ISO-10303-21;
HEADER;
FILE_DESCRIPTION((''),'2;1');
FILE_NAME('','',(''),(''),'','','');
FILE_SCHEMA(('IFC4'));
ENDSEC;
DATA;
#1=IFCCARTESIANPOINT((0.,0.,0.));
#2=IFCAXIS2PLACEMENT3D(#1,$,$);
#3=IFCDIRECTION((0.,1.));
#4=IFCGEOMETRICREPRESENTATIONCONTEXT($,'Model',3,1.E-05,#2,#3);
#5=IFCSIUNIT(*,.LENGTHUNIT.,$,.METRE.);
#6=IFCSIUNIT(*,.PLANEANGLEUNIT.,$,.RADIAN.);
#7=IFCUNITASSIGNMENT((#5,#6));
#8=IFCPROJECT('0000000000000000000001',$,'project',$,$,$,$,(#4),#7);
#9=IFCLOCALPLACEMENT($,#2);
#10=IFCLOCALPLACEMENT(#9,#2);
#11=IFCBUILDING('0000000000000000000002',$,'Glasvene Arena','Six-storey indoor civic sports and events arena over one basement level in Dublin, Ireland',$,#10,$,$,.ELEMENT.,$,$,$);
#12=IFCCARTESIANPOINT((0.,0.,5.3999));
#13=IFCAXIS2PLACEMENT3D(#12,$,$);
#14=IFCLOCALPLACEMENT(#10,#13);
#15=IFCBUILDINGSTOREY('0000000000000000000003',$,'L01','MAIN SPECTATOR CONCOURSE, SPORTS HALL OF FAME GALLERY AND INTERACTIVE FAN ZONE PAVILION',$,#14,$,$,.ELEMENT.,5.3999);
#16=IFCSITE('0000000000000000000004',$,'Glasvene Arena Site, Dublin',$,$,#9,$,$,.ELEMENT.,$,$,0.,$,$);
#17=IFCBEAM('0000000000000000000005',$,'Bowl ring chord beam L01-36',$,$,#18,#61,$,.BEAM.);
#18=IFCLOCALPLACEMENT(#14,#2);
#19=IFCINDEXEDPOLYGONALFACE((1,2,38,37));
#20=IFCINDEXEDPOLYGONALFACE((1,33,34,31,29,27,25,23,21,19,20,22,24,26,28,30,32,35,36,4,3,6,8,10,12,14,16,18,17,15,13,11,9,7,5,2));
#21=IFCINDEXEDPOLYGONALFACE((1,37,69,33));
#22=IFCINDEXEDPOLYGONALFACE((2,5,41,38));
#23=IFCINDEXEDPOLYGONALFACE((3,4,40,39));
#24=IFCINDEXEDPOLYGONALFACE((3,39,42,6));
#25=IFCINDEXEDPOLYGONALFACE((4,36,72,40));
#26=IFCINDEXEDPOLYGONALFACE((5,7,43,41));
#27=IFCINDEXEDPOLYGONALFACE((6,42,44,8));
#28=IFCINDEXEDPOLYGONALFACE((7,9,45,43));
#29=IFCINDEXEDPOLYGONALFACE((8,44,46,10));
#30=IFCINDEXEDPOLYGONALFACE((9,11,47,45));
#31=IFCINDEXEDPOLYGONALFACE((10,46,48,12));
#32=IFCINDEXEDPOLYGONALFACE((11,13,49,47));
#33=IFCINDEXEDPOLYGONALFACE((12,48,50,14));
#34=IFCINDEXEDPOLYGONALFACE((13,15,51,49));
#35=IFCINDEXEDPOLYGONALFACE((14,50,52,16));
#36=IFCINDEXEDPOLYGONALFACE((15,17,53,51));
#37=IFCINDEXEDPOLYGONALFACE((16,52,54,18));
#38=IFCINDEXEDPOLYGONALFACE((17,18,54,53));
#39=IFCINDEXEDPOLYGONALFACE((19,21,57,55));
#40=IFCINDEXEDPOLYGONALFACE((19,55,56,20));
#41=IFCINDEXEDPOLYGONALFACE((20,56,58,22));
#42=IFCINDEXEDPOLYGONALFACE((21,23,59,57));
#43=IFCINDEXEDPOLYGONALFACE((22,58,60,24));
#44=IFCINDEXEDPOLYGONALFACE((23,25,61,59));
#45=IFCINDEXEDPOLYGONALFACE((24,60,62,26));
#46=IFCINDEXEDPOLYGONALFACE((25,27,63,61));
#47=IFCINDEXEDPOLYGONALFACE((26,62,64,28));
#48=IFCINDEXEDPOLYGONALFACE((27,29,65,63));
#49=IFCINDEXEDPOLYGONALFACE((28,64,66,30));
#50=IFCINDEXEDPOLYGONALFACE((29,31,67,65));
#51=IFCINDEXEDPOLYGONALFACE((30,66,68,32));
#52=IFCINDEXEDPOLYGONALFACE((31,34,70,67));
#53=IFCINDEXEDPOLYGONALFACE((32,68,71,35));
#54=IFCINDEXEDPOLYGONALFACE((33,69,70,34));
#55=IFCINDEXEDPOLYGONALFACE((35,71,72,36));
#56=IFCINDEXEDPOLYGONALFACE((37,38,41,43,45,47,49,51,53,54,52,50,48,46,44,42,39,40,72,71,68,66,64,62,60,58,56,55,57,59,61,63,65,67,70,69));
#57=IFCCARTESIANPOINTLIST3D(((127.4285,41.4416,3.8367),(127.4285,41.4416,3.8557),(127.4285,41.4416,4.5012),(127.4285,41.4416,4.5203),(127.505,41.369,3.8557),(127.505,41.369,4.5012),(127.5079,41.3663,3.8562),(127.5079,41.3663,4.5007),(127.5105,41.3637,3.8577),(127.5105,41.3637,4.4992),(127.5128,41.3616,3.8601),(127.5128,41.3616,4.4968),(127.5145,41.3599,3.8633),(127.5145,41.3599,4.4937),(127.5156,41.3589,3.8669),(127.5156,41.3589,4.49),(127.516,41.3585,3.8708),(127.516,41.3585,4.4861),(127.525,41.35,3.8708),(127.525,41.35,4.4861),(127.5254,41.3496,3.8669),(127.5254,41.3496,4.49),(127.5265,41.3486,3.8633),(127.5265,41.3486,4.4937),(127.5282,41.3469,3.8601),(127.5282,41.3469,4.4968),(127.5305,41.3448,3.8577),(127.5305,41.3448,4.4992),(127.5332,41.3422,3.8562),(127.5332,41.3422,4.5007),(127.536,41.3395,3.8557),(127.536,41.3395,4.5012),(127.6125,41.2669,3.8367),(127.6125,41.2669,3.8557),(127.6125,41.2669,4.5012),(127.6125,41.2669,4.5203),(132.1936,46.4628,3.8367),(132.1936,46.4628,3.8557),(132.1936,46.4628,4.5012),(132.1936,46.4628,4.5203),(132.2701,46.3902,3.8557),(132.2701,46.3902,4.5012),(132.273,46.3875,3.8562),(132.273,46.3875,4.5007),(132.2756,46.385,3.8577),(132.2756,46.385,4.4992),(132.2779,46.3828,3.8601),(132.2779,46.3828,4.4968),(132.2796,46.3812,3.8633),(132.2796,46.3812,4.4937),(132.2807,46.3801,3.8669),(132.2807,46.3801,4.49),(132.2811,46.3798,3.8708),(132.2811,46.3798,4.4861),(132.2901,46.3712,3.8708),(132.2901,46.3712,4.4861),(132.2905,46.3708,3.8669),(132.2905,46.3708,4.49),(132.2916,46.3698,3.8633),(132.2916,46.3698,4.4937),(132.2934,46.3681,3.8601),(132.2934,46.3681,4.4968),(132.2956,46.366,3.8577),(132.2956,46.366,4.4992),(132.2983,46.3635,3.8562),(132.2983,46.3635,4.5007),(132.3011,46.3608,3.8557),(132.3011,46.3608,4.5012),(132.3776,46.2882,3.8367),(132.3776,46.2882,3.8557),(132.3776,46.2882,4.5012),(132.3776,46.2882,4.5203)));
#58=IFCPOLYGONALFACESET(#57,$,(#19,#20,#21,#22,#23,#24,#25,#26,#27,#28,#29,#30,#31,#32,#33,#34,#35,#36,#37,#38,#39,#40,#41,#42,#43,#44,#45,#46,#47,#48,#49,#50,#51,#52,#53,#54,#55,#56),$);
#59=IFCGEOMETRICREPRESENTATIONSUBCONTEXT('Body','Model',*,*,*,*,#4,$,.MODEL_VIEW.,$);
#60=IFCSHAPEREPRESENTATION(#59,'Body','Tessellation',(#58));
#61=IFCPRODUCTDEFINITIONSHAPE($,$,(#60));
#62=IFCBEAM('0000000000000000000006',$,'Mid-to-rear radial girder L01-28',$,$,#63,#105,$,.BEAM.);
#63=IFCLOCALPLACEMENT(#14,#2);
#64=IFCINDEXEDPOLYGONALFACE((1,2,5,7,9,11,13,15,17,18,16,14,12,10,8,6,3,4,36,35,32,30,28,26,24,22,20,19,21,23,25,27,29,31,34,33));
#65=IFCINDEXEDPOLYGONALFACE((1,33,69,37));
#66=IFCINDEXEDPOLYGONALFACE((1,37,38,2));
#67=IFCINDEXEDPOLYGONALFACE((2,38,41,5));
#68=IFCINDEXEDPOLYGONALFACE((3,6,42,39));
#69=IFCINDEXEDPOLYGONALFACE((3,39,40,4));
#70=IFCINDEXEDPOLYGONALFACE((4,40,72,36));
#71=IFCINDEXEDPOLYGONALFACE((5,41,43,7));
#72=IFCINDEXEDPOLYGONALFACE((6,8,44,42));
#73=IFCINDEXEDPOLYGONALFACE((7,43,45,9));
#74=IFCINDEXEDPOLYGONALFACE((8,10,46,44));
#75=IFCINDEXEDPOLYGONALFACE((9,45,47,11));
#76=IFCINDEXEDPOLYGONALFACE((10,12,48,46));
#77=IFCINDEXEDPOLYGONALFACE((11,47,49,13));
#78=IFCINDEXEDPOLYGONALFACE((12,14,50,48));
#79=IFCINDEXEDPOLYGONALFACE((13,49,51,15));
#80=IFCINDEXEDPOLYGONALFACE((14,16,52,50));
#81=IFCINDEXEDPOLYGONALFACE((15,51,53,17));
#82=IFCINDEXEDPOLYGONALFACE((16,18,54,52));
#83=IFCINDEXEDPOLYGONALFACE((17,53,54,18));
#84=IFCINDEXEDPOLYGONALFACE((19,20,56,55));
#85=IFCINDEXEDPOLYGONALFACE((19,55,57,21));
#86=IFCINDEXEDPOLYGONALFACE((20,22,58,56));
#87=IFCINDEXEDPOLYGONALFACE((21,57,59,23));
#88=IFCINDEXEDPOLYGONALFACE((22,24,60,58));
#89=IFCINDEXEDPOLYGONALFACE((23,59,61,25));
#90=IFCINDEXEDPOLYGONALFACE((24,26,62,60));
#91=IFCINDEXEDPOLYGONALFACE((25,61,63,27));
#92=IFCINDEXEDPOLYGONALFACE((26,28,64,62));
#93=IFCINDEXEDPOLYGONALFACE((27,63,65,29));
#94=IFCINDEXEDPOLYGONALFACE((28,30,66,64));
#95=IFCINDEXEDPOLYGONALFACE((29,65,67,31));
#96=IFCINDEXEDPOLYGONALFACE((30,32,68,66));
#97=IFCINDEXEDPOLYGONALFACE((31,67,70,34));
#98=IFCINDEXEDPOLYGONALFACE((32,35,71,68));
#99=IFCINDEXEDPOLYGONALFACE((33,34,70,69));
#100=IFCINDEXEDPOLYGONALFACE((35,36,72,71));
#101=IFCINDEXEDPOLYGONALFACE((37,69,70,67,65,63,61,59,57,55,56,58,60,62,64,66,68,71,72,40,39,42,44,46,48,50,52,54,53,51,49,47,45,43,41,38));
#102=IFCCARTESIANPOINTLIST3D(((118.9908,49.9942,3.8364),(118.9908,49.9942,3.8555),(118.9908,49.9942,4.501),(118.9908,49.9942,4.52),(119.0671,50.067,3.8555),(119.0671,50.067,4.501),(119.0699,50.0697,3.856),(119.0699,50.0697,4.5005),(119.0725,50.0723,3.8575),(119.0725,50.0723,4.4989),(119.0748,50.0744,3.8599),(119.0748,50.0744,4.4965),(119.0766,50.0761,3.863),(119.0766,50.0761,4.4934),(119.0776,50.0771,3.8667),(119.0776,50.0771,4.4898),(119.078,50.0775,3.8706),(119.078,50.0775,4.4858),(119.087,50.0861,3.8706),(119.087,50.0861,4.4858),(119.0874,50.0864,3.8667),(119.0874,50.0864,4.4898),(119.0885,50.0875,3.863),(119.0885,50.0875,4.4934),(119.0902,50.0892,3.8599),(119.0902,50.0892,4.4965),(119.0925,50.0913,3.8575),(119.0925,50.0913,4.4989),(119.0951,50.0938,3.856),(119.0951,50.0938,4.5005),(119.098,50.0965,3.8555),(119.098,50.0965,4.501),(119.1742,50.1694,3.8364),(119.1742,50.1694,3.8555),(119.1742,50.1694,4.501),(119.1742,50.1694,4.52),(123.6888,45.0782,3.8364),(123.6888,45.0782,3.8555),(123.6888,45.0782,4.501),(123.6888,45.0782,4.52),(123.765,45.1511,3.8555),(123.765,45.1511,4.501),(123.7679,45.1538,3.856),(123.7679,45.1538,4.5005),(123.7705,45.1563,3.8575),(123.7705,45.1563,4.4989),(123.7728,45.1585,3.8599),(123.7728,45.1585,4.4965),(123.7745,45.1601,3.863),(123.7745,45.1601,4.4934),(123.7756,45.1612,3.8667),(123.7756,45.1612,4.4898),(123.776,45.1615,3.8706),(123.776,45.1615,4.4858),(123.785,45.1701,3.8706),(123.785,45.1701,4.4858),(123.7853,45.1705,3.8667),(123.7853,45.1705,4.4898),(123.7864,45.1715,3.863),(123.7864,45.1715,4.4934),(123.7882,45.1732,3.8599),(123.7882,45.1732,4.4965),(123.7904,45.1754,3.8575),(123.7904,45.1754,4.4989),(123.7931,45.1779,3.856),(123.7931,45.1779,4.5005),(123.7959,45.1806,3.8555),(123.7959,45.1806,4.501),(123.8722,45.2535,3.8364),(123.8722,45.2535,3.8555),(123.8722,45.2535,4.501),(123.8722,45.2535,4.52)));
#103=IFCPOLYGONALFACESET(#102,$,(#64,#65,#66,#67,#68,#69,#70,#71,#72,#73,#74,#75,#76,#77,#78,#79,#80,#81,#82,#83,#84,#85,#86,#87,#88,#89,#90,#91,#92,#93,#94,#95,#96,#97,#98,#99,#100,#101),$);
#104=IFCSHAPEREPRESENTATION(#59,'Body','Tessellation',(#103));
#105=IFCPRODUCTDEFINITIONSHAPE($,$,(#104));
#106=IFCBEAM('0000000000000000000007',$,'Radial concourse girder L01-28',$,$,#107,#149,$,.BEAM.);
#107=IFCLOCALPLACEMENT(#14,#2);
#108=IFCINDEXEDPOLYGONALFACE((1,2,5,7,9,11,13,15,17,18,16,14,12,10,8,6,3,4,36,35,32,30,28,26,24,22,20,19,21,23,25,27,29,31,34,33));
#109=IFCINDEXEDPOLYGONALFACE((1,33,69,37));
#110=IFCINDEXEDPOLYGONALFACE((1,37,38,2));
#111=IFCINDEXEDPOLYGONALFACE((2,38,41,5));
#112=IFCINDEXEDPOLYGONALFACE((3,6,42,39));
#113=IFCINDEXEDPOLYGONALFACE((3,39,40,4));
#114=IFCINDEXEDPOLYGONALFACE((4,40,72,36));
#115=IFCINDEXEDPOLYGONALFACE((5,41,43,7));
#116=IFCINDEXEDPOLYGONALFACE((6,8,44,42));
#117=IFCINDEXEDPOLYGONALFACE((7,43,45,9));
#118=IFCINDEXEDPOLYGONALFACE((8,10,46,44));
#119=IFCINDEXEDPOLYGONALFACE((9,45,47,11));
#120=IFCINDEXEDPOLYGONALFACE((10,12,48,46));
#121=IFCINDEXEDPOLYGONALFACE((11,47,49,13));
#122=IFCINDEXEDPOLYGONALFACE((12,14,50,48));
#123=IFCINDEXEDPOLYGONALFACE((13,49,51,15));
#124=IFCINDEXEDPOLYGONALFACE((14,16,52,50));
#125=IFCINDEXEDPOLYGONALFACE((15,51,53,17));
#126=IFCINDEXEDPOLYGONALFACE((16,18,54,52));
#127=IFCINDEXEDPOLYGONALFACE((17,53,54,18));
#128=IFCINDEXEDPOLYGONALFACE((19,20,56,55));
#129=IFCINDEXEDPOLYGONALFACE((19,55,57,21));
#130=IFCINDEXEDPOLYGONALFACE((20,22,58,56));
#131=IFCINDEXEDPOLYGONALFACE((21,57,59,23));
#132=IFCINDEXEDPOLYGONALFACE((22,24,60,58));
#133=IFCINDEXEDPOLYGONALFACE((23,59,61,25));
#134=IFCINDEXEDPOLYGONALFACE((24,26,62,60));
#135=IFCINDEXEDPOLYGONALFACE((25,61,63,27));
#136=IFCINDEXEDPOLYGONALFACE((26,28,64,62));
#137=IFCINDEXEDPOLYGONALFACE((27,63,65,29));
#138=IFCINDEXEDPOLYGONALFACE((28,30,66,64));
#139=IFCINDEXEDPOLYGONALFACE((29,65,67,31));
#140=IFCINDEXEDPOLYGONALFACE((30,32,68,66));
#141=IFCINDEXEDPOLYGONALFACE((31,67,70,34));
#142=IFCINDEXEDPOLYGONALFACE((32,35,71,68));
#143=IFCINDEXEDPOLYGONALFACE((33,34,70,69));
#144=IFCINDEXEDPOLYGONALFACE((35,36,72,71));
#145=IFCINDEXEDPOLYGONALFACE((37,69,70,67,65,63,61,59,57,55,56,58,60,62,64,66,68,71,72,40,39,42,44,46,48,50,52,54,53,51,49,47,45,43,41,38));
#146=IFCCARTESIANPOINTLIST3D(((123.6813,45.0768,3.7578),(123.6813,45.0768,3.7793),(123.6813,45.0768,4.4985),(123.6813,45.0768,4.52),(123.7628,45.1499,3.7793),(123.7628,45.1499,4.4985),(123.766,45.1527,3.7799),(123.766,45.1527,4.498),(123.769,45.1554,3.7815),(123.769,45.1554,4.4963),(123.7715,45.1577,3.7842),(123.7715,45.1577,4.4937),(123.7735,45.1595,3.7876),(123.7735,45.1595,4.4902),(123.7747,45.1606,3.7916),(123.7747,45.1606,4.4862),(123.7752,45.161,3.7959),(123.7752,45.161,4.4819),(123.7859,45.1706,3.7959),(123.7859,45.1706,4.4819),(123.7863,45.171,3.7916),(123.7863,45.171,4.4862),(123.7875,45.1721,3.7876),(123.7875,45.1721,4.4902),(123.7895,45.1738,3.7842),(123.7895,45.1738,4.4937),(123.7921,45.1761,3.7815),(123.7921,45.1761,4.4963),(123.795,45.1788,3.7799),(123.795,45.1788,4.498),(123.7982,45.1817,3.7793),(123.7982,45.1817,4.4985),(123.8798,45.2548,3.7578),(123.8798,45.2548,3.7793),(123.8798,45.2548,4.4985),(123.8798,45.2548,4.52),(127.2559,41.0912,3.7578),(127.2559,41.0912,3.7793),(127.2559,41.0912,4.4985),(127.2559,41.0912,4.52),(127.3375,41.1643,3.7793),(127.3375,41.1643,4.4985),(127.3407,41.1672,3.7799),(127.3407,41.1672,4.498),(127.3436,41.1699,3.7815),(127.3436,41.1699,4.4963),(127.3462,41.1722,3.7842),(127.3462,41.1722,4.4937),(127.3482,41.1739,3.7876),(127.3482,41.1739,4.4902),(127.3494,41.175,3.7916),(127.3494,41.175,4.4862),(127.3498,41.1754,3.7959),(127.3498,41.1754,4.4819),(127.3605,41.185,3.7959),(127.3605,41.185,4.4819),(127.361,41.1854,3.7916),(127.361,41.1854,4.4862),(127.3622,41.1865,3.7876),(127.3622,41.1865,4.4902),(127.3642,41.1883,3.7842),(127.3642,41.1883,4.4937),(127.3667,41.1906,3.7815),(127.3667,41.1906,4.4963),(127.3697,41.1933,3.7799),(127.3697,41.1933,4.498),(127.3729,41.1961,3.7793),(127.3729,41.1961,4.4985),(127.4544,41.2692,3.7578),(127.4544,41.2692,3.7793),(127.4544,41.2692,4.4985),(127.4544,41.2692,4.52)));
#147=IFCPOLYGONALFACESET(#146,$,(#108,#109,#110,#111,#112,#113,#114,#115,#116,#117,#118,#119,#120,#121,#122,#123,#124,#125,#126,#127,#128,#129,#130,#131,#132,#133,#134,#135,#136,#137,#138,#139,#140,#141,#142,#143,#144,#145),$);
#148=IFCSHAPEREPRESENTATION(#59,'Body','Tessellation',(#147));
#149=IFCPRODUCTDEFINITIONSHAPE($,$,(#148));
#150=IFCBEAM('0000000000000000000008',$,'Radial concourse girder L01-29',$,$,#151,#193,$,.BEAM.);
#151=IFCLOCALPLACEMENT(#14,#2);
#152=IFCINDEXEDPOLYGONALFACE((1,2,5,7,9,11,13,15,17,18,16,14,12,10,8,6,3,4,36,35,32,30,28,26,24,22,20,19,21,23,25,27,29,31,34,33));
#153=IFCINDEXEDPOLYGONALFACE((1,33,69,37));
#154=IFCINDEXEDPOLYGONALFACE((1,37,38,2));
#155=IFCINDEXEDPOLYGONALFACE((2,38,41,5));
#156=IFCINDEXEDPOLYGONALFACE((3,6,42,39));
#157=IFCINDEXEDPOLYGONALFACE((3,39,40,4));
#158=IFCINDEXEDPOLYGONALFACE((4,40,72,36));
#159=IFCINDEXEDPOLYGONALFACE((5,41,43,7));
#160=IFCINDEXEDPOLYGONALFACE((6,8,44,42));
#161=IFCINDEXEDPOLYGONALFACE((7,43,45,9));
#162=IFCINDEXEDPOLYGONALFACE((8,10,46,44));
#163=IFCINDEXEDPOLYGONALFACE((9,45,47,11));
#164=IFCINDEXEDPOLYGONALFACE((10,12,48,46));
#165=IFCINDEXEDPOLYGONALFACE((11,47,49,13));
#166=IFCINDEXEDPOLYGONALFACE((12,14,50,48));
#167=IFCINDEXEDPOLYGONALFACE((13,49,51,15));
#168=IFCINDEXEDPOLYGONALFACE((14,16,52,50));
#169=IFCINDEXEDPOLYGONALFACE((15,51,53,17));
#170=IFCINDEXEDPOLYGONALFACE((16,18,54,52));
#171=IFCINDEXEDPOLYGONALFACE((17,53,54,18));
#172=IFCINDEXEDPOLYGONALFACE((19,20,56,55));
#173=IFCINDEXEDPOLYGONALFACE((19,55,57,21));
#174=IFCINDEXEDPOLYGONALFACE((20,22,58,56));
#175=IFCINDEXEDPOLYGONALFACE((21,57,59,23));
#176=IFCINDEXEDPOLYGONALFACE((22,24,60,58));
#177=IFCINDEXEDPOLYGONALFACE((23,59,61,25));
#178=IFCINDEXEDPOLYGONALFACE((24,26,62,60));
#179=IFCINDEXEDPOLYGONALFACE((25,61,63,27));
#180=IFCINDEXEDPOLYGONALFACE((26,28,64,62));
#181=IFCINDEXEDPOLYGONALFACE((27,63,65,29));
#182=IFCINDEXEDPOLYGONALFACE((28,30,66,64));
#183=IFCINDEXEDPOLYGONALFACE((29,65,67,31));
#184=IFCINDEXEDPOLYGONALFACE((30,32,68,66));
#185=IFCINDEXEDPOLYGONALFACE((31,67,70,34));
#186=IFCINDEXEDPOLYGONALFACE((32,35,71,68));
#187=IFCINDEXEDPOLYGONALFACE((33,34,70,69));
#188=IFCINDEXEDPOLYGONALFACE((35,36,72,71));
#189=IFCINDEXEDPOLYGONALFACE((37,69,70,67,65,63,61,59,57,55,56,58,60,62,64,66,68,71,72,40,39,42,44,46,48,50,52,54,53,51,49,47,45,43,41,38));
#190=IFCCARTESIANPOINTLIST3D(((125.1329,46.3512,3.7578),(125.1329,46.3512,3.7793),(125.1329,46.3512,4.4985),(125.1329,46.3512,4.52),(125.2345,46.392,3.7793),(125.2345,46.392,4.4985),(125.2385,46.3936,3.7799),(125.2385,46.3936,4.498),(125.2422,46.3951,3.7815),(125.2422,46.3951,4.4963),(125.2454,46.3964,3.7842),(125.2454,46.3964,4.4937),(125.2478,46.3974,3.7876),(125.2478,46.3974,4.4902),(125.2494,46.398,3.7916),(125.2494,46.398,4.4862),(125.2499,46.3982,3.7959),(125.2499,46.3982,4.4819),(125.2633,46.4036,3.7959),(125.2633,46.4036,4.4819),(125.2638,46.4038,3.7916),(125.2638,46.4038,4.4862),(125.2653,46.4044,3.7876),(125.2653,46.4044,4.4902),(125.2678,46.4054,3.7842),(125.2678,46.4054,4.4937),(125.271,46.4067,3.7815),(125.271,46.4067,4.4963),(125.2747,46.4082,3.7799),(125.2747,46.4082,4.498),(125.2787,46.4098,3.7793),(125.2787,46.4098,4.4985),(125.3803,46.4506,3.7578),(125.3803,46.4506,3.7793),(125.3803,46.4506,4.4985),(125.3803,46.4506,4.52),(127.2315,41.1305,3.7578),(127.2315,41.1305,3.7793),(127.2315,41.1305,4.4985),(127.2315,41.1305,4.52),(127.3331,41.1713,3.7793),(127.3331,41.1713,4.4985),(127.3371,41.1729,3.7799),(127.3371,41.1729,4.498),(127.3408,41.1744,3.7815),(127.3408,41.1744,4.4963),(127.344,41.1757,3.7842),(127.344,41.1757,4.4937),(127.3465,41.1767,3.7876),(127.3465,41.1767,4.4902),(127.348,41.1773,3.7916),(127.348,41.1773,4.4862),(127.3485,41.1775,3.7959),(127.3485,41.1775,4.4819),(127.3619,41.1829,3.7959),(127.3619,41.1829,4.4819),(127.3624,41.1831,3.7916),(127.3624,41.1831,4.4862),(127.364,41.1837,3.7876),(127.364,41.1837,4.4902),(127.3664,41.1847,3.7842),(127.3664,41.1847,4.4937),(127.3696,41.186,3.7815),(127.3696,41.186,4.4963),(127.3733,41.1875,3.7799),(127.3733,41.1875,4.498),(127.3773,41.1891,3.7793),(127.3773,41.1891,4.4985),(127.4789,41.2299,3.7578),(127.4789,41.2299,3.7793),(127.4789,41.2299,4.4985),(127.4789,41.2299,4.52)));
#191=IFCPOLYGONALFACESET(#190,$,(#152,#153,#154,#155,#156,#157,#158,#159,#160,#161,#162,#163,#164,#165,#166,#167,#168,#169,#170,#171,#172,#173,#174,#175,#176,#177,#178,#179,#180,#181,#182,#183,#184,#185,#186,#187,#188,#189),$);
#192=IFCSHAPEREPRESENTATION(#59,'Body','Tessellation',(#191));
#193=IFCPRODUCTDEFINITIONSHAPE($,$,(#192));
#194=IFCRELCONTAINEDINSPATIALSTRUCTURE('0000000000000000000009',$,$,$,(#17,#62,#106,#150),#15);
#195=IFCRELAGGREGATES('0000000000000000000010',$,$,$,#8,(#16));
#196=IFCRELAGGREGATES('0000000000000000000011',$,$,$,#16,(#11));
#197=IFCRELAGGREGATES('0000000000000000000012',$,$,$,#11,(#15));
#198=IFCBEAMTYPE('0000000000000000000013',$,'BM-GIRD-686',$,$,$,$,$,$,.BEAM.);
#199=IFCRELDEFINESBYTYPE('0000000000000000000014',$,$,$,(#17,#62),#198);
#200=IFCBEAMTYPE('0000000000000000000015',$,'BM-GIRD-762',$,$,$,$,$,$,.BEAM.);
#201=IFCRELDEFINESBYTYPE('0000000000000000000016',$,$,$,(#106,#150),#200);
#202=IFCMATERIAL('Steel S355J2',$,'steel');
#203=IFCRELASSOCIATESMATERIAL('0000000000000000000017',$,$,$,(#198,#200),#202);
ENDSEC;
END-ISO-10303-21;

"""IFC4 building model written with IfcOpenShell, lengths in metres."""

from ifc_helpers import new_model, si_unit, direction, frame, origin, origin_2d, place, context, subcontext, project, spatial, i_section, extrude, material, material_profile, profile_set, type_object, element, save


model = new_model("IFC4")

# Units and contexts
model_context = context("Model", 3, precision=1e-05, world=origin(), true_north=direction((0.0, 1.0)))
body_context = subcontext(model_context, "Body", "Model", "MODEL_VIEW")
ifc_project = project(units=[si_unit("LENGTHUNIT", "METRE"), si_unit("PLANEANGLEUNIT", "RADIAN")], contexts=[model_context])

# Site, building, storey
site_placement = place(None, origin())
site = spatial("IfcSite", under=ifc_project, at=site_placement, Name="Glasvene Arena Site, Dublin", CompositionType="ELEMENT", RefElevation=0.0)
building_placement = place(site_placement, origin())
building = spatial("IfcBuilding", under=site, at=building_placement, Name="Glasvene Arena", Description="Six-storey indoor civic sports and events arena over one basement level in Dublin, Ireland", CompositionType="ELEMENT")
storey_placement = place(building_placement, frame((0.0, 0.0, 5.3999)))
storey = spatial("IfcBuildingStorey", under=building, at=storey_placement, Name="L01", Description="MAIN SPECTATOR CONCOURSE, SPORTS HALL OF FAME GALLERY AND INTERACTIVE FAN ZONE PAVILION", CompositionType="ELEMENT", Elevation=5.3999)

# Shared definitions
ifc_material_1 = material(Name="Steel S355J2", Category="steel")

# Beams
ifc_material_profile_1 = material_profile(ifc_material_1, i_section(OverallWidth=0.2537, OverallDepth=0.6836, WebThickness=0.0125, FlangeThickness=0.019, FilletRadius=0.0151, at=origin_2d()), Name="UKB 686x254x140")
ifc_profile_set_1 = profile_set([ifc_material_profile_1], Name="Steel S355J2")
beam_type_1 = type_object("IfcBeamType", Name="BM-GIRD-686", PredefinedType="BEAM", material=ifc_profile_set_1)
beam_1_placement = place(storey_placement, frame((127.5205, 41.3542, 4.1785), z_axis=(0.688367, 0.725363, 0.0), x_axis=(-0.725363, 0.688367, 0.0)))
element("IfcBeam", 1, at=beam_1_placement, inside=storey, type_object=beam_type_1, Name="Bowl ring chord beam L01-36", PredefinedType="BEAM", context=body_context, shape_type="SweptSolid", body=[
    extrude(i_section(OverallWidth=0.2537, OverallDepth=0.6836, WebThickness=0.0125, FlangeThickness=0.019, FilletRadius=0.0151, at=origin_2d()), origin(), (0.0, 0.0, 1.0), 6.9224),
])
beam_2_placement = place(storey_placement, frame((119.0825, 50.0818, 4.1782), z_axis=(0.690894, -0.722956, 0.0), x_axis=(0.722956, 0.690894, 0.0)))
element("IfcBeam", 2, at=beam_2_placement, inside=storey, type_object=beam_type_1, Name="Mid-to-rear radial girder L01-28", PredefinedType="BEAM", context=body_context, shape_type="SweptSolid", body=[
    extrude(i_section(OverallWidth=0.2537, OverallDepth=0.6836, WebThickness=0.0125, FlangeThickness=0.019, FilletRadius=0.0151, at=origin_2d()), origin(), (0.0, 0.0, 1.0), 6.7998),
])
ifc_material_profile_2 = material_profile(ifc_material_1, i_section(OverallWidth=0.2666, OverallDepth=0.7622, WebThickness=0.0144, FlangeThickness=0.0215, FilletRadius=0.0166, at=origin_2d()), Name="UKB 762x267x173")
ifc_profile_set_2 = profile_set([ifc_material_profile_2], Name="Steel S355J2")
beam_type_2 = type_object("IfcBeamType", Name="BM-GIRD-762", PredefinedType="BEAM", material=ifc_profile_set_2)
beam_3_placement = place(storey_placement, frame((123.7805, 45.1658, 4.1389), z_axis=(0.667691, -0.744438, 0.0), x_axis=(0.744438, 0.667691, 0.0)))
element("IfcBeam", 3, at=beam_3_placement, inside=storey, type_object=beam_type_2, Name="Radial concourse girder L01-28", PredefinedType="BEAM", context=body_context, shape_type="SweptSolid", body=[
    extrude(i_section(OverallWidth=0.2666, OverallDepth=0.7622, WebThickness=0.0144, FlangeThickness=0.0215, FilletRadius=0.0166, at=origin_2d()), origin(), (0.0, 0.0, 1.0), 5.3538),
])
beam_4_placement = place(storey_placement, frame((125.2566, 46.4009, 4.1389), z_axis=(0.372976, -0.927841, 0.0), x_axis=(0.927841, 0.372976, 0.0)))
element("IfcBeam", 4, at=beam_4_placement, inside=storey, type_object=beam_type_2, Name="Radial concourse girder L01-29", PredefinedType="BEAM", context=body_context, shape_type="SweptSolid", body=[
    extrude(i_section(OverallWidth=0.2666, OverallDepth=0.7622, WebThickness=0.0144, FlangeThickness=0.0215, FilletRadius=0.0166, at=origin_2d()), origin(), (0.0, 0.0, 1.0), 5.6267),
])

save(model, "model.ifc")
